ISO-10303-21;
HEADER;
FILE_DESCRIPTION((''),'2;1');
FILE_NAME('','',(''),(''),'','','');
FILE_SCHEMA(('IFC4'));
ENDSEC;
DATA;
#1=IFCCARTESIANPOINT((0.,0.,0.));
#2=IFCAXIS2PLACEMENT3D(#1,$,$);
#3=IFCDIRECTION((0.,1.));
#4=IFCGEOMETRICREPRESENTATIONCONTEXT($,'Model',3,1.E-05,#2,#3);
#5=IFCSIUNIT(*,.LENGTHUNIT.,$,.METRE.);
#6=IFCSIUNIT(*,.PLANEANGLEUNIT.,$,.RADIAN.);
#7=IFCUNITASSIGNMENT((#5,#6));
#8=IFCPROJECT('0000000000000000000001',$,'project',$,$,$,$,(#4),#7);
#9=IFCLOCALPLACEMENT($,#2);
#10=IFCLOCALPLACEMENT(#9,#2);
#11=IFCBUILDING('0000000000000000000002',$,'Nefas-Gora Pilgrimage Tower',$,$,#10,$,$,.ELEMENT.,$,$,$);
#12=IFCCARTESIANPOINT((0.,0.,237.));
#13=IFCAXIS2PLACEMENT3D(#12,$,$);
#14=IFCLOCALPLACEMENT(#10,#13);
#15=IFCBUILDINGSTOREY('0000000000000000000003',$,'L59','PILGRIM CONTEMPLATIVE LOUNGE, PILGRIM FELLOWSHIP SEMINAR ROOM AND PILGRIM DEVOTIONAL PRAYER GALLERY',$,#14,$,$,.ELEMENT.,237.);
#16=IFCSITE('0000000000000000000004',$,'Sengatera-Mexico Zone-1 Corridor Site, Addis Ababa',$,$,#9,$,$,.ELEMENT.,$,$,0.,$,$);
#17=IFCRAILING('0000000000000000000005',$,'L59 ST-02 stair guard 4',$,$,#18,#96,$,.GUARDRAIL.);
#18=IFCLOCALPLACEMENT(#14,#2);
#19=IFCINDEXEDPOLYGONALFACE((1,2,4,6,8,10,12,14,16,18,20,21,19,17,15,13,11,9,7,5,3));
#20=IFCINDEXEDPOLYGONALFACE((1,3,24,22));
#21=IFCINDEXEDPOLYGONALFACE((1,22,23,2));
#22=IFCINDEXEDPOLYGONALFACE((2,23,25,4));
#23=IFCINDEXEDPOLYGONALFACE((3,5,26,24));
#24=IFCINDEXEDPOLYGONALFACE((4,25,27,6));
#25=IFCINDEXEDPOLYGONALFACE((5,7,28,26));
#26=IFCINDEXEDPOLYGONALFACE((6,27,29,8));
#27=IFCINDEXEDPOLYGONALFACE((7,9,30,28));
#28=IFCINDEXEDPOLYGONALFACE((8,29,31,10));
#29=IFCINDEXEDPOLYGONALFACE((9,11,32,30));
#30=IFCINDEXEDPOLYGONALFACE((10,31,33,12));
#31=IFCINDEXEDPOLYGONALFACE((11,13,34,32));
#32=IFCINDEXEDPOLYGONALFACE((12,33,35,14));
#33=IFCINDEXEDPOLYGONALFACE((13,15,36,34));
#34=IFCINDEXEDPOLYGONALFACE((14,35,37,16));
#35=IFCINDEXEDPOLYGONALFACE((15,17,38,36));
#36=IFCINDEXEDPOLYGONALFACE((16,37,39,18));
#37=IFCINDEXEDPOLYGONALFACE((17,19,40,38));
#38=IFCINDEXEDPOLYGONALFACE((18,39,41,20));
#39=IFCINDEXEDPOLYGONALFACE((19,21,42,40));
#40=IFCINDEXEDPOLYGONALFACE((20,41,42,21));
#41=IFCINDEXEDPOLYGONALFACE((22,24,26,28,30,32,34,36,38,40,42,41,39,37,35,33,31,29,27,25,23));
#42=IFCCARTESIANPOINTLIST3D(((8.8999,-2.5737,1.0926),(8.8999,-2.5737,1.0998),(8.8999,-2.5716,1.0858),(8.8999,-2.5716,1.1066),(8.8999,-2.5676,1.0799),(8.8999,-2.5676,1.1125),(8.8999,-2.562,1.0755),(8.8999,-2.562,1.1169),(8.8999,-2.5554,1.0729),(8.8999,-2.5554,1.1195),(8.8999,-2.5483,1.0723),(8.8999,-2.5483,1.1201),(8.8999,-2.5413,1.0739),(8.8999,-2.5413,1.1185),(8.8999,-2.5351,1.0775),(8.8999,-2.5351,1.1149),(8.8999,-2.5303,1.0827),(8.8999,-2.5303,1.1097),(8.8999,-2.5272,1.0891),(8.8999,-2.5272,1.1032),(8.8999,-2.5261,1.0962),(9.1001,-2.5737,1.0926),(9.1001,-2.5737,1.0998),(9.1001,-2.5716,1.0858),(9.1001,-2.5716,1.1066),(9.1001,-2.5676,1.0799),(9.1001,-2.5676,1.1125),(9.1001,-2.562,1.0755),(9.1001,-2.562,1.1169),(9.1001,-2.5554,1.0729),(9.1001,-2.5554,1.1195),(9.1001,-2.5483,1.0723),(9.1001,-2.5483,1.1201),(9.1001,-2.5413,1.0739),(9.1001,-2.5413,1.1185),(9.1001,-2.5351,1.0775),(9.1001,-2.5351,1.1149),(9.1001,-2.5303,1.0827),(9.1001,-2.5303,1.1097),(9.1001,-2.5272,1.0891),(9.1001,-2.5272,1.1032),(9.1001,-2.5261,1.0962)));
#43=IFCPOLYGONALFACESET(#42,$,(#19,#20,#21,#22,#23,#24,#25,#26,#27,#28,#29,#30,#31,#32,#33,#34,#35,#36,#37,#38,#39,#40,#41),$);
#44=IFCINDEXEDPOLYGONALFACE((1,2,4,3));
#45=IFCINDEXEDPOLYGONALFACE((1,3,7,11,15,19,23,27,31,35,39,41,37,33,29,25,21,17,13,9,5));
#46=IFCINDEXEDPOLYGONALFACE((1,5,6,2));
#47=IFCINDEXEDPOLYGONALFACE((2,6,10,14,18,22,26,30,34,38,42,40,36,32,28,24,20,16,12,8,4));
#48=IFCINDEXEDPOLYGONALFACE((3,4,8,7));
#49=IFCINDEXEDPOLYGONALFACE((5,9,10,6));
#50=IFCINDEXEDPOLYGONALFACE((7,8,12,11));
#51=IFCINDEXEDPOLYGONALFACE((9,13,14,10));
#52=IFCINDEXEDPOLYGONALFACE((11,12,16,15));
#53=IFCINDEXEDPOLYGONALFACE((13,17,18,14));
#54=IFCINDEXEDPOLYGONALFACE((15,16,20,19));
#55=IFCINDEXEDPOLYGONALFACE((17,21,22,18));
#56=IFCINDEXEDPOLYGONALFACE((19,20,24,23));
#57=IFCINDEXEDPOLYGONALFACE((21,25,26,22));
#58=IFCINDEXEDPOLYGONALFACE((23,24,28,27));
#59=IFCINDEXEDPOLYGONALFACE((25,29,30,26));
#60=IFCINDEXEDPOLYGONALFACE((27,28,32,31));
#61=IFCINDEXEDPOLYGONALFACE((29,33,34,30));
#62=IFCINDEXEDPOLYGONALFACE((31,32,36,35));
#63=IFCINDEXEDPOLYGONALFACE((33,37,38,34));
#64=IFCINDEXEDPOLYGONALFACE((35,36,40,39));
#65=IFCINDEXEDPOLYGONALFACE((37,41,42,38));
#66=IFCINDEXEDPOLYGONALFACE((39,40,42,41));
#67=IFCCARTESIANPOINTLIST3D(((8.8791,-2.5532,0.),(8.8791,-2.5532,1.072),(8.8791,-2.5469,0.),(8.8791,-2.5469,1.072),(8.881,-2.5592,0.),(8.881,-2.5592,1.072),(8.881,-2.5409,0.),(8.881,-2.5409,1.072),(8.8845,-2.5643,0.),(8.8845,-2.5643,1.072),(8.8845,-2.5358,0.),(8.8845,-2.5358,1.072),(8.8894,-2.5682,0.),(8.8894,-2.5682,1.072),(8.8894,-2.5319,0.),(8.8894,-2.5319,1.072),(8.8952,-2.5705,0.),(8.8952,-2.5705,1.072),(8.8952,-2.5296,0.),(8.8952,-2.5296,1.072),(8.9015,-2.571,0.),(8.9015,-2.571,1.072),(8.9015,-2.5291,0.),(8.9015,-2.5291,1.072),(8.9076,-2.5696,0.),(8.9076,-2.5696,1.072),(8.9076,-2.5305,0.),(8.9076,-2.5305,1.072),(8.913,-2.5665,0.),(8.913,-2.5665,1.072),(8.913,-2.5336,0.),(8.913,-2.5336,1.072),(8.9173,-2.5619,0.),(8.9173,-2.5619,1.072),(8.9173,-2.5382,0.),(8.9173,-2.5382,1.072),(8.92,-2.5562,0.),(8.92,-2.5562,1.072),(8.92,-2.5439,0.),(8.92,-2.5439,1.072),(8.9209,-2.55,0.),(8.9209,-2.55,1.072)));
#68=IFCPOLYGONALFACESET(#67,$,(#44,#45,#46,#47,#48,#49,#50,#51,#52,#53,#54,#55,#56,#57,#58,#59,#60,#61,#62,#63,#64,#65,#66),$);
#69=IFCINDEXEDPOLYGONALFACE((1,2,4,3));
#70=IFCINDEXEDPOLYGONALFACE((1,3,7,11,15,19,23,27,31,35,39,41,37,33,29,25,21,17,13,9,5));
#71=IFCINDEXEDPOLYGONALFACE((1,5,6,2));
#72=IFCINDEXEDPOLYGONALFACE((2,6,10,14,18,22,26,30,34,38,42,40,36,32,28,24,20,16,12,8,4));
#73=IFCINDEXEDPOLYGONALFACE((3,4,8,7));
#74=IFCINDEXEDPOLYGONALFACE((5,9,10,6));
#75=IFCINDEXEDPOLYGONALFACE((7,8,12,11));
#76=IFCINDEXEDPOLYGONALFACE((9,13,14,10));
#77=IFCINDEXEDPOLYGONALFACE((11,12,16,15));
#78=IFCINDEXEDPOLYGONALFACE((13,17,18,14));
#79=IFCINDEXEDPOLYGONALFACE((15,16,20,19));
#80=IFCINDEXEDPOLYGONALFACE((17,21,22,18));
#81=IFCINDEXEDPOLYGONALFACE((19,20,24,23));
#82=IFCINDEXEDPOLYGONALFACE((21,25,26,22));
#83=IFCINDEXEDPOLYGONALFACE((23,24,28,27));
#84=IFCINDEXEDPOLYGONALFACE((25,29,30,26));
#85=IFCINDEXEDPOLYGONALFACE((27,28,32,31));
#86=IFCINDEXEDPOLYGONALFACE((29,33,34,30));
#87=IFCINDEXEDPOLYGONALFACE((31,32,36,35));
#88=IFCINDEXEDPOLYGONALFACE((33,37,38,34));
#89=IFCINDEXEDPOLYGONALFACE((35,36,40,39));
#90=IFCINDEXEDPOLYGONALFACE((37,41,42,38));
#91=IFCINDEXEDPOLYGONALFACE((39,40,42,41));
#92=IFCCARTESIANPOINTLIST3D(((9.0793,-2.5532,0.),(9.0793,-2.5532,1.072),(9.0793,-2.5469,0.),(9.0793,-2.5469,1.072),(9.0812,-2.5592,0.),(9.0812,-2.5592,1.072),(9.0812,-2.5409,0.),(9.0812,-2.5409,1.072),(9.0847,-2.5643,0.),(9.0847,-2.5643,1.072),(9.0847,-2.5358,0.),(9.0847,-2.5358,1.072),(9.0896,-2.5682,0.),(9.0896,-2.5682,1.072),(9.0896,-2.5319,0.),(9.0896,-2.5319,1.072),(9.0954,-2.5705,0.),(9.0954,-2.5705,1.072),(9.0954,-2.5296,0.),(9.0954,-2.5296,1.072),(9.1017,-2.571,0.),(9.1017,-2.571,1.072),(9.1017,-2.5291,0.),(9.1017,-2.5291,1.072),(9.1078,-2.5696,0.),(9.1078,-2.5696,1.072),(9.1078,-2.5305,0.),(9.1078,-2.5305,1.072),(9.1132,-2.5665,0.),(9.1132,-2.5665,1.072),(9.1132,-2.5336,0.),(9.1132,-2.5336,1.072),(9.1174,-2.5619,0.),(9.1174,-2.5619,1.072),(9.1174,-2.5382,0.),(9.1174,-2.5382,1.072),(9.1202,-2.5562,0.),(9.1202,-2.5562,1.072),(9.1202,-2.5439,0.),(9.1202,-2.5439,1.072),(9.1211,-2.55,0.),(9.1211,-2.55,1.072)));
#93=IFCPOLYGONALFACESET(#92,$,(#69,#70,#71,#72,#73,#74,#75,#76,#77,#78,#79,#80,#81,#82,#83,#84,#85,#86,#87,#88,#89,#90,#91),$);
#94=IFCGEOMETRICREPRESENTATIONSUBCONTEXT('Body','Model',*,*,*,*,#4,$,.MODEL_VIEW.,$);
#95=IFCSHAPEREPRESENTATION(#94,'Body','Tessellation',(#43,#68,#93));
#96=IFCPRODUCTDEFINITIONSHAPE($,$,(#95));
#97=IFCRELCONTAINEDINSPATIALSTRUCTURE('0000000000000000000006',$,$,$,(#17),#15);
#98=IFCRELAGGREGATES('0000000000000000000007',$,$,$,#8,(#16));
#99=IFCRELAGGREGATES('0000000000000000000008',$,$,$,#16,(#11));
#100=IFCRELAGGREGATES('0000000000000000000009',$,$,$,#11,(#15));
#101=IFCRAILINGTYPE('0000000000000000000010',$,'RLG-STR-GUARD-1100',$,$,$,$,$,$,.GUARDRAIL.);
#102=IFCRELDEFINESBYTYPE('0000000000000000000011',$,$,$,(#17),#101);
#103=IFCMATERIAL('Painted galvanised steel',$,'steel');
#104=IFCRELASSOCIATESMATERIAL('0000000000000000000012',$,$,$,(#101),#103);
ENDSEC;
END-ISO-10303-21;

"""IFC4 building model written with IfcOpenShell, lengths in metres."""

from ifc_helpers import new_model, si_unit, direction, frame, origin, origin_2d, place, context, subcontext, project, spatial, circle, extrude, material, type_object, element, save


model = new_model("IFC4")

# Units and contexts
model_context = context("Model", 3, precision=1e-05, world=origin(), true_north=direction((0.0, 1.0)))
body_context = subcontext(model_context, "Body", "Model", "MODEL_VIEW")
ifc_project = project(units=[si_unit("LENGTHUNIT", "METRE"), si_unit("PLANEANGLEUNIT", "RADIAN")], contexts=[model_context])

# Site, building, storey
site_placement = place(None, origin())
site = spatial("IfcSite", under=ifc_project, at=site_placement, Name="Sengatera-Mexico Zone-1 Corridor Site, Addis Ababa", CompositionType="ELEMENT", RefElevation=0.0)
building_placement = place(site_placement, origin())
building = spatial("IfcBuilding", under=site, at=building_placement, Name="Nefas-Gora Pilgrimage Tower", CompositionType="ELEMENT")
storey_placement = place(building_placement, frame((0.0, 0.0, 237.0)))
storey = spatial("IfcBuildingStorey", under=building, at=storey_placement, Name="L59", Description="PILGRIM CONTEMPLATIVE LOUNGE, PILGRIM FELLOWSHIP SEMINAR ROOM AND PILGRIM DEVOTIONAL PRAYER GALLERY", CompositionType="ELEMENT", Elevation=237.0)

# Railing
ifc_material_1 = material(Name="Painted galvanised steel", Category="steel")
railing_type_1 = type_object("IfcRailingType", Name="RLG-STR-GUARD-1100", PredefinedType="GUARDRAIL", material=ifc_material_1)
railing_1_placement = place(storey_placement, frame((8.8999, -2.55, 0.0)))
element("IfcRailing", 1, at=railing_1_placement, inside=storey, type_object=railing_type_1, Name="L59 ST-02 stair guard 4", PredefinedType="GUARDRAIL", context=body_context, shape_type="SweptSolid", body=[
    extrude(circle(Radius=0.0239, at=origin_2d()), frame((0.0, 0.0, 1.0962), z_axis=(1.0, 0.0, 0.0), x_axis=(0.0, 1.0, 0.0)), (0.0, 0.0, 1.0), 0.2002),
    extrude(circle(Radius=0.021, at=origin_2d()), origin(), (0.0, 0.0, 1.0), 1.072),
    extrude(circle(Radius=0.021, at=origin_2d()), frame((0.2002, 0.0, 0.0)), (0.0, 0.0, 1.0), 1.072),
])

save(model, "model.ifc")
